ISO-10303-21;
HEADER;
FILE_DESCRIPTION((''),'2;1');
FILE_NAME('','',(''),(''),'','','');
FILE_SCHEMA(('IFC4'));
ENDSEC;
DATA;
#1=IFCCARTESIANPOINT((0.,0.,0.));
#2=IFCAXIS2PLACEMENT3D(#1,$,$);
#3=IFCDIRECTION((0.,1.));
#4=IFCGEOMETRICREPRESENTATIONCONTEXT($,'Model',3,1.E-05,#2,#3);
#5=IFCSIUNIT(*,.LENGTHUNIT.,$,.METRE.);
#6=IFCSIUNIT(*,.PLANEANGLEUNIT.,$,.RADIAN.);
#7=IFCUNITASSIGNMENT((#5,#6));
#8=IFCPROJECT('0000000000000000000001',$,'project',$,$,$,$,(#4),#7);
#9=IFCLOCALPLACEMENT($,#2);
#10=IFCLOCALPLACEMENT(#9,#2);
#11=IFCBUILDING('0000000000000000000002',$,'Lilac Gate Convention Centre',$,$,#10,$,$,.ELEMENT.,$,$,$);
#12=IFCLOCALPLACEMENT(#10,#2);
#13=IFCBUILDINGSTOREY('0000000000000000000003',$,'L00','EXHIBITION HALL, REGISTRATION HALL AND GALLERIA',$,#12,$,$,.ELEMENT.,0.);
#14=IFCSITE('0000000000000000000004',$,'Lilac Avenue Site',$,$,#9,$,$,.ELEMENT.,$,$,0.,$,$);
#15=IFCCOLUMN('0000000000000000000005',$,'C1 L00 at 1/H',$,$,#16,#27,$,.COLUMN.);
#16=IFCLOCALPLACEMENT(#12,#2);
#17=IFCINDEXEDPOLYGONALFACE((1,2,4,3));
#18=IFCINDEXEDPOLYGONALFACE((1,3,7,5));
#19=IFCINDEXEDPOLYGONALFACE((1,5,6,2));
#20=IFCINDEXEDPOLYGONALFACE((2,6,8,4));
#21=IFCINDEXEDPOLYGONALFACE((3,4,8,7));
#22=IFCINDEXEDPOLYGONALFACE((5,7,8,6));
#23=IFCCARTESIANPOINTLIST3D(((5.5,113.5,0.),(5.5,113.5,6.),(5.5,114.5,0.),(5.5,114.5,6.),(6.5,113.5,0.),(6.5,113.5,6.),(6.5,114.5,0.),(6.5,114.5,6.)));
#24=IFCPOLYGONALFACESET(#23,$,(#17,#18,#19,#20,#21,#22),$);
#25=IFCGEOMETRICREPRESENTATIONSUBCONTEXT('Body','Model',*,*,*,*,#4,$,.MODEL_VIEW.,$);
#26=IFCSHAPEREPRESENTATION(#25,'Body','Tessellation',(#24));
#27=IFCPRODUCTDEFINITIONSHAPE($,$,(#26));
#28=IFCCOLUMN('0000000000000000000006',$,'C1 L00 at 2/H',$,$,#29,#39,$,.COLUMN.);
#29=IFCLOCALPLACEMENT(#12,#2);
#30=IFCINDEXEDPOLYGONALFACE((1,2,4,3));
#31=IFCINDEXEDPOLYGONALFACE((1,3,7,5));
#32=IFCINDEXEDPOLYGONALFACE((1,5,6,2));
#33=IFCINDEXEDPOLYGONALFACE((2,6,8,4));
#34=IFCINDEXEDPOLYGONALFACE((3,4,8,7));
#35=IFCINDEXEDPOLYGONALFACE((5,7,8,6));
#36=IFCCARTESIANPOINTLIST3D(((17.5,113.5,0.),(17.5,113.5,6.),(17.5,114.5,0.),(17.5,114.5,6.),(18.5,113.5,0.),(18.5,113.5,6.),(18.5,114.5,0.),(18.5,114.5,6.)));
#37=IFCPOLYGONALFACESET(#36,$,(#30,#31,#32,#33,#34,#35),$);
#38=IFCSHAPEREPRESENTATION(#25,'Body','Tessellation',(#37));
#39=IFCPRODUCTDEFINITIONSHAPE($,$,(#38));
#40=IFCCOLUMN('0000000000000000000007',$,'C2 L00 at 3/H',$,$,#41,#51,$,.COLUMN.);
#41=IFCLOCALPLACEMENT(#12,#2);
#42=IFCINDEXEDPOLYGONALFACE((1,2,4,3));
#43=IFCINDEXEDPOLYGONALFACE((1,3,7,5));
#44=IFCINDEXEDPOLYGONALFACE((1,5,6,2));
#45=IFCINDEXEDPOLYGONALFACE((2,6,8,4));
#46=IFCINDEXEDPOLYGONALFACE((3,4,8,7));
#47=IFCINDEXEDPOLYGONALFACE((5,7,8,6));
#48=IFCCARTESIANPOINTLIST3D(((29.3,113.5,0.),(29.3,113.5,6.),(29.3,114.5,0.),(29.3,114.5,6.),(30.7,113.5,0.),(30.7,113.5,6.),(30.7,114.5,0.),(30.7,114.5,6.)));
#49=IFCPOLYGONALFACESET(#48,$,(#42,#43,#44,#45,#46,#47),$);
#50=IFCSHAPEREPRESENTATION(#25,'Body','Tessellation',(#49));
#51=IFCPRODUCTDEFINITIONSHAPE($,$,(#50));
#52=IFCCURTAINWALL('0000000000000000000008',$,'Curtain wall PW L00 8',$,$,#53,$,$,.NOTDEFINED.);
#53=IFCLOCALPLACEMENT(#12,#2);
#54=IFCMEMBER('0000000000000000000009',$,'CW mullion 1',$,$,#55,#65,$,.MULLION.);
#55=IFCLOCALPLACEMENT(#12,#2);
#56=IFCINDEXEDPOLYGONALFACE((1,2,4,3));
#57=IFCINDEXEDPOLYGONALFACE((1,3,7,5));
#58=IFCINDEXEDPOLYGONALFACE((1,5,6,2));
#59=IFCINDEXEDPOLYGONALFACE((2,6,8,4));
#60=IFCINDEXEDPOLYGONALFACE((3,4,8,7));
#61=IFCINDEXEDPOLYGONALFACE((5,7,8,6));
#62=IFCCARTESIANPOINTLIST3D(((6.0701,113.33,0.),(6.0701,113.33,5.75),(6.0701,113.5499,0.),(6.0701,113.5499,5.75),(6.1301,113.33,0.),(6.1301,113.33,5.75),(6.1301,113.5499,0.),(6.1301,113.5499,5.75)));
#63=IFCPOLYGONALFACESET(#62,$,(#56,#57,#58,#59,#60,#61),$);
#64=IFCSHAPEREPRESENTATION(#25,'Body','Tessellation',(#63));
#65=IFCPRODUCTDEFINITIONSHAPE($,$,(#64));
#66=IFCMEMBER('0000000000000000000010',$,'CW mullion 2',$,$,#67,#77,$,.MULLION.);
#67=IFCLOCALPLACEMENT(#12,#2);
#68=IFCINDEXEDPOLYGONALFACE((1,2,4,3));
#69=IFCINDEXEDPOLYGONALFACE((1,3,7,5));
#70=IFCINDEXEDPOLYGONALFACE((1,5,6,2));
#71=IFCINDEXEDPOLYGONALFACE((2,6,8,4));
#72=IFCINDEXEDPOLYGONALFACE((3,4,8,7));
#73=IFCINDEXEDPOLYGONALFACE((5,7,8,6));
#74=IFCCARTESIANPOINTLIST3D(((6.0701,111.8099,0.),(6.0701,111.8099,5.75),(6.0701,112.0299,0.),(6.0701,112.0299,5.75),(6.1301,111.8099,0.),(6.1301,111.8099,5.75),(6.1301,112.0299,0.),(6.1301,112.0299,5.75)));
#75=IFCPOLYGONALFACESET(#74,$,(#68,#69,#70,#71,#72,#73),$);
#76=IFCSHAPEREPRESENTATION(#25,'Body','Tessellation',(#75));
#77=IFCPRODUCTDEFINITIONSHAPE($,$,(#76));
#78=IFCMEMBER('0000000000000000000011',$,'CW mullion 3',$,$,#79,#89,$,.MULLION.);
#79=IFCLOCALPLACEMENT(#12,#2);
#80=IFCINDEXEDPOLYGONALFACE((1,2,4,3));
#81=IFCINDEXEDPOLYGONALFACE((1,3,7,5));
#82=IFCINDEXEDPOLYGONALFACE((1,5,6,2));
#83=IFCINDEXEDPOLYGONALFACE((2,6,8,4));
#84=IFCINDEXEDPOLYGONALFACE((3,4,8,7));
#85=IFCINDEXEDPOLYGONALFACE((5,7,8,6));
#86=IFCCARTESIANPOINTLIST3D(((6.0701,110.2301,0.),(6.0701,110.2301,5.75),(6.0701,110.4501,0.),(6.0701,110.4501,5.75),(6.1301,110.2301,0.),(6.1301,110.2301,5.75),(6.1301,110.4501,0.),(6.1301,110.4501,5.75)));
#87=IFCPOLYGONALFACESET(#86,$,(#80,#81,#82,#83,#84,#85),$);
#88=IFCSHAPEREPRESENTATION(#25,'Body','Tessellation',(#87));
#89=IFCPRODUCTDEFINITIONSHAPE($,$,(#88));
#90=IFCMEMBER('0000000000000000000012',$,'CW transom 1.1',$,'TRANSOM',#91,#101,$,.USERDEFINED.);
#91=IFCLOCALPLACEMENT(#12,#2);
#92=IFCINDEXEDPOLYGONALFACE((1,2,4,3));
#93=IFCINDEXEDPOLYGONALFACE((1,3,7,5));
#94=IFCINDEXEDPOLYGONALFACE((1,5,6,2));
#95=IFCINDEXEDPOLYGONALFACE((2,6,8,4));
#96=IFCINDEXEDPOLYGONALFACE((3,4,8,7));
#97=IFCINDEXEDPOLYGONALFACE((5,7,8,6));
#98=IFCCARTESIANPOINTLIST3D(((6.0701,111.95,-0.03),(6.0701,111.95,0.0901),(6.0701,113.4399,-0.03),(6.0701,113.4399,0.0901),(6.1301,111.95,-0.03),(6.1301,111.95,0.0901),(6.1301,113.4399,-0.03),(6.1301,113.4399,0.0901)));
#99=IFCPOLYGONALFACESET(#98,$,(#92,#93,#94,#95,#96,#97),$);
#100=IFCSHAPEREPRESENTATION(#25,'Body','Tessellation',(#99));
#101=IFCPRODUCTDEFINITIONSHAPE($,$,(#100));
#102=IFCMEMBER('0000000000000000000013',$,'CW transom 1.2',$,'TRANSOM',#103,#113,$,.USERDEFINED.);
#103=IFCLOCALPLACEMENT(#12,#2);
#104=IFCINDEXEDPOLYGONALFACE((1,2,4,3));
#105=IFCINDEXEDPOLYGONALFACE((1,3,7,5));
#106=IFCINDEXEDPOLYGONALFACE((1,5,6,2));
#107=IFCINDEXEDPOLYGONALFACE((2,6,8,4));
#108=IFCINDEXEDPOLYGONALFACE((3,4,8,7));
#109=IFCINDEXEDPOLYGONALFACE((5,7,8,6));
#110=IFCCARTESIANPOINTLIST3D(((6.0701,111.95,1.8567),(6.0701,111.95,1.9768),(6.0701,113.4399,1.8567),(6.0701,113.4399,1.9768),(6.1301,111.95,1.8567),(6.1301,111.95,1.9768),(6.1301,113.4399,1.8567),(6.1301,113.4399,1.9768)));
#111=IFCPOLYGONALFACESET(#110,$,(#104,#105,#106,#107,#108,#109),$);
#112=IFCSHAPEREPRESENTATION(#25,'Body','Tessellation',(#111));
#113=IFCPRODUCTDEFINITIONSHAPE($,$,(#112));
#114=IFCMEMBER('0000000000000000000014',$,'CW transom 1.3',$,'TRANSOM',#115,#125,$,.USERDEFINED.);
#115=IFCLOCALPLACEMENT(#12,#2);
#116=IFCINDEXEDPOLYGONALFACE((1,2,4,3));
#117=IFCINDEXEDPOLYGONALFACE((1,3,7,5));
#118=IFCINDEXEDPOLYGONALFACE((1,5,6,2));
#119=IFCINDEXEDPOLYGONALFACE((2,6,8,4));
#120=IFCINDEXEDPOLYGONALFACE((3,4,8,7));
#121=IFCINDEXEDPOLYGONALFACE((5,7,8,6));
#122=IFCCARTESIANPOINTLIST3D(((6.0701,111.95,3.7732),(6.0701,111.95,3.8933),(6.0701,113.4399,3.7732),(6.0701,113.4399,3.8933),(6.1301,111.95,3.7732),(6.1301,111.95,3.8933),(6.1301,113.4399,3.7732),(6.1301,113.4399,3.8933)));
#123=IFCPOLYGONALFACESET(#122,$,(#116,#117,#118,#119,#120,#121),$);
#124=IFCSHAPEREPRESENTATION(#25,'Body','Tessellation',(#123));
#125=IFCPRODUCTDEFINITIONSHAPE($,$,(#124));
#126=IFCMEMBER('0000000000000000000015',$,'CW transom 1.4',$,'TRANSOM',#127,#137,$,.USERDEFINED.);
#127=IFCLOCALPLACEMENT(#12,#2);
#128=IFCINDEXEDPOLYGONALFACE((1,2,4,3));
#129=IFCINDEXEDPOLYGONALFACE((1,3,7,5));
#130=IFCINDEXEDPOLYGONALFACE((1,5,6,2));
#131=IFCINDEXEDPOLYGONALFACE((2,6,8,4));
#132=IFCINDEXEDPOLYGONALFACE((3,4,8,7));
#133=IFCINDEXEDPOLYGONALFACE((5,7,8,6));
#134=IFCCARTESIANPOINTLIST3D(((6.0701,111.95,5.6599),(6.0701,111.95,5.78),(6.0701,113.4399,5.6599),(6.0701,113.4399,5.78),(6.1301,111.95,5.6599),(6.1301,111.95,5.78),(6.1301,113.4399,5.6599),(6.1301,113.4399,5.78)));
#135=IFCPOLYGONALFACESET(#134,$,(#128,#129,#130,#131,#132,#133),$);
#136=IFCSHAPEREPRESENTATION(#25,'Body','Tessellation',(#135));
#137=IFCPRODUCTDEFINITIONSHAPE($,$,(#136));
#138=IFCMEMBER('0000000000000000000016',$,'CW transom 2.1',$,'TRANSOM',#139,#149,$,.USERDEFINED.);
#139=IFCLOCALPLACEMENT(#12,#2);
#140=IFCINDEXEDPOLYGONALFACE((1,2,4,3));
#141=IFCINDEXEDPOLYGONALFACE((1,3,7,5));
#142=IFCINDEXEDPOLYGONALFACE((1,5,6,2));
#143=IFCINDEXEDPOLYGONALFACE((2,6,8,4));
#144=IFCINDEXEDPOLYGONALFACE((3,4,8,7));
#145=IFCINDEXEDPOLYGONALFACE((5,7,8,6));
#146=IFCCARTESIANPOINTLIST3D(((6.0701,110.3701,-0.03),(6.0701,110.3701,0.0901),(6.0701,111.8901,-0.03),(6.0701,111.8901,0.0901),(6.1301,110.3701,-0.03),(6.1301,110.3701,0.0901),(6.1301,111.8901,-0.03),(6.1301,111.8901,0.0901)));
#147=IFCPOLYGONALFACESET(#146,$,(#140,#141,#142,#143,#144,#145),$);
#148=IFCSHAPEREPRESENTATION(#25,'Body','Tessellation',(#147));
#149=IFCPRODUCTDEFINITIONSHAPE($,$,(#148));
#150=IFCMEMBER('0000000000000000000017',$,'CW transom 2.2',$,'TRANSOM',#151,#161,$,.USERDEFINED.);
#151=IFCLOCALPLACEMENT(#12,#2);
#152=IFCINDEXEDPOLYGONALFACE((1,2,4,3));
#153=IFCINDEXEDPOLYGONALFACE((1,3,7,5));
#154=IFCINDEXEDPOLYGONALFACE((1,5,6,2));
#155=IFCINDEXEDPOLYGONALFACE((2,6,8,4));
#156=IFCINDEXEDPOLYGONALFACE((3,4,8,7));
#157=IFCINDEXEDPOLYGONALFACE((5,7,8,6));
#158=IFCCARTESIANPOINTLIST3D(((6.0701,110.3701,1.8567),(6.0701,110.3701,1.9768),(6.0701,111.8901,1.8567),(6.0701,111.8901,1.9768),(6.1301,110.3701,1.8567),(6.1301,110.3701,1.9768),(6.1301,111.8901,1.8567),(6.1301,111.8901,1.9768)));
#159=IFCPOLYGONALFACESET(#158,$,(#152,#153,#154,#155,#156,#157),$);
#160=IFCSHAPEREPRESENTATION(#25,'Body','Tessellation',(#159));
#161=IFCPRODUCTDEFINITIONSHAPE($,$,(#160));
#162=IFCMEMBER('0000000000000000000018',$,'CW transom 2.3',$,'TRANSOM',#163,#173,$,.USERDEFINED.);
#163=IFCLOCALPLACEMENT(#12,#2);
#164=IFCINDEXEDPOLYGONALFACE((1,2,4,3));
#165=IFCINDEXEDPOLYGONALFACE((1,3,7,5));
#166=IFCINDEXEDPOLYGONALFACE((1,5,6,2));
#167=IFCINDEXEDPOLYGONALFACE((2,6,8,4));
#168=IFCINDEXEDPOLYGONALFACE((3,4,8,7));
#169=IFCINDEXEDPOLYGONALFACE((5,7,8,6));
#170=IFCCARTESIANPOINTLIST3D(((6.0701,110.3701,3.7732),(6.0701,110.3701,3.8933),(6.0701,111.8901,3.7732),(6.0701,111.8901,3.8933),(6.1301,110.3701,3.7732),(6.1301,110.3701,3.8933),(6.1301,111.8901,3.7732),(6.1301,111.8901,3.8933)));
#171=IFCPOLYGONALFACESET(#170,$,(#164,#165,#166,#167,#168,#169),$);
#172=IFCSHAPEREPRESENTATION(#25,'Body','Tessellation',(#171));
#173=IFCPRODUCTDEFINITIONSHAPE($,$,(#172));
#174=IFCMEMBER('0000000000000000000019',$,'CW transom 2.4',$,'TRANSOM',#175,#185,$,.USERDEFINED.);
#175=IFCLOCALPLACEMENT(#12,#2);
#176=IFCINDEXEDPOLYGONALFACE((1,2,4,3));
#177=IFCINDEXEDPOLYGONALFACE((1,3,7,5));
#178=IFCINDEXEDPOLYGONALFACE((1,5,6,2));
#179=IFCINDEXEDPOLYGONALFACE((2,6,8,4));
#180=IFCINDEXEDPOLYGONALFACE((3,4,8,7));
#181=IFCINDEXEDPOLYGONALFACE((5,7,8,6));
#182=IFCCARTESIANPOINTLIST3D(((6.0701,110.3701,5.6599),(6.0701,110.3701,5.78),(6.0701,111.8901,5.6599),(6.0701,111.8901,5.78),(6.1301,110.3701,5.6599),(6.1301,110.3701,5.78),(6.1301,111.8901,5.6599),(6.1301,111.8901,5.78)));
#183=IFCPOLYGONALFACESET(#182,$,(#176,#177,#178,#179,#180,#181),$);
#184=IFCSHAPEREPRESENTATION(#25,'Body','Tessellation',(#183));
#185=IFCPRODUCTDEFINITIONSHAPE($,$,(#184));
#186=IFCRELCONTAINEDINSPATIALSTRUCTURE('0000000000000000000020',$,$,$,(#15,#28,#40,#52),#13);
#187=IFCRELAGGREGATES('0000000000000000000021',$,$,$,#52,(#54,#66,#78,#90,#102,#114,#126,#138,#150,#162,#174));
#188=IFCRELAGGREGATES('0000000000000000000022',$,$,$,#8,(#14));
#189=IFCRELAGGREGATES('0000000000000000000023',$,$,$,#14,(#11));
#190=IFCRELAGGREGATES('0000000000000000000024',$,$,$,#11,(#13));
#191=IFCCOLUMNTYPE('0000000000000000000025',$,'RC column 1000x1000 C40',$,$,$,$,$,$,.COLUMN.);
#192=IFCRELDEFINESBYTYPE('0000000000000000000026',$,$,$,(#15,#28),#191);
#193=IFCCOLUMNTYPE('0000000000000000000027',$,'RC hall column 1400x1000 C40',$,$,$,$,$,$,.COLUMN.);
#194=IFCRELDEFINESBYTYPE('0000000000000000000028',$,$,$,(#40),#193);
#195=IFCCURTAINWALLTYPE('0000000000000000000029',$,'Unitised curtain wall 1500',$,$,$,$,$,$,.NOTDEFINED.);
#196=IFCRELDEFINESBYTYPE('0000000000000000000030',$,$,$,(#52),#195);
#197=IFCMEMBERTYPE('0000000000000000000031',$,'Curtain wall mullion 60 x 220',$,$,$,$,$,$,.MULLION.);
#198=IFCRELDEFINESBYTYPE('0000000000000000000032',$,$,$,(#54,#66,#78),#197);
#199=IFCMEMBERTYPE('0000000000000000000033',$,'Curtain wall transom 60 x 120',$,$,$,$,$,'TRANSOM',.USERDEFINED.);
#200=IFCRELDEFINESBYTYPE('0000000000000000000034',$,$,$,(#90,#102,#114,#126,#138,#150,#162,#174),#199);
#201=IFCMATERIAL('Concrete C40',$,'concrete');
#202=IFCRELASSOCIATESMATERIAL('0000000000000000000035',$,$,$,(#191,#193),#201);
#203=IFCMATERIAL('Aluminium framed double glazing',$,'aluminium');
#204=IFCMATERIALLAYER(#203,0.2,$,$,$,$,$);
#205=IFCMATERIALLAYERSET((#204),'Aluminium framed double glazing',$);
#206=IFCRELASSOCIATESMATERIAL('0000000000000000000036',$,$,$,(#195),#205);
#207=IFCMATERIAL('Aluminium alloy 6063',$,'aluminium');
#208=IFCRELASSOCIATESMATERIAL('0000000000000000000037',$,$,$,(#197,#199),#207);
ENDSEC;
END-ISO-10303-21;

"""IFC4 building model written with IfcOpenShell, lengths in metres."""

from ifc_helpers import new_model, si_unit, direction, frame, origin, origin_2d, place, context, subcontext, project, spatial, rectangle, extrude, material, layer, layer_set, material_profile, profile_set, type_object, element, aggregate, save


model = new_model("IFC4")

# Units and contexts
model_context = context("Model", 3, precision=1e-05, world=origin(), true_north=direction((0.0, 1.0)))
body_context = subcontext(model_context, "Body", "Model", "MODEL_VIEW")
ifc_project = project(units=[si_unit("LENGTHUNIT", "METRE"), si_unit("PLANEANGLEUNIT", "RADIAN")], contexts=[model_context])

# Site, building, storey
site_placement = place(None, origin())
site = spatial("IfcSite", under=ifc_project, at=site_placement, Name="Lilac Avenue Site", CompositionType="ELEMENT", RefElevation=0.0)
building_placement = place(site_placement, origin())
building = spatial("IfcBuilding", under=site, at=building_placement, Name="Lilac Gate Convention Centre", CompositionType="ELEMENT")
storey_placement = place(building_placement, origin())
storey = spatial("IfcBuildingStorey", under=building, at=storey_placement, Name="L00", Description="EXHIBITION HALL, REGISTRATION HALL AND GALLERIA", CompositionType="ELEMENT", Elevation=0.0)

# Columns
ifc_material_1 = material(Name="Concrete C40", Category="concrete")
ifc_material_profile_1 = material_profile(ifc_material_1, rectangle(XDim=1.0, YDim=1.0, at=origin_2d()), Name="RC 1000x1000")
ifc_profile_set_1 = profile_set([ifc_material_profile_1], Name="Concrete C40")
column_type_1 = type_object("IfcColumnType", Name="RC column 1000x1000 C40", PredefinedType="COLUMN", material=ifc_profile_set_1)
for number, where, z_axis, x_axis, name in (
    (1, (6.0, 114.0, 0.0), (0.0, 0.0, 1.0), (1.0, 0.0, 0.0), "C1 L00 at 1/H"),
    (2, (18.0, 114.0, 0.0), (0.0, 0.0, 1.0), (1.0, 0.0, 0.0), "C1 L00 at 2/H"),
):
    element("IfcColumn", number, at=place(storey_placement, frame(where, z_axis=z_axis, x_axis=x_axis)), inside=storey, type_object=column_type_1, Name=name, PredefinedType="COLUMN", context=body_context, shape_type="SweptSolid", body=[
        extrude(rectangle(XDim=1.0, YDim=1.0, at=origin_2d()), origin(), (0.0, 0.0, 1.0), 6.0),
    ])
ifc_material_profile_2 = material_profile(ifc_material_1, rectangle(XDim=1.3999, YDim=1.0, at=origin_2d()), Name="RC 1400x1000")
ifc_profile_set_2 = profile_set([ifc_material_profile_2], Name="Concrete C40")
column_type_2 = type_object("IfcColumnType", Name="RC hall column 1400x1000 C40", PredefinedType="COLUMN", material=ifc_profile_set_2)
column_placement = place(storey_placement, frame((30.0, 114.0, 0.0), z_axis=(0.0, 0.0, 1.0), x_axis=(1.0, 0.0, 0.0)))
element("IfcColumn", 3, at=column_placement, inside=storey, type_object=column_type_2, Name="C2 L00 at 3/H", PredefinedType="COLUMN", context=body_context, shape_type="SweptSolid", body=[
    extrude(rectangle(XDim=1.3999, YDim=1.0, at=origin_2d()), origin(), (0.0, 0.0, 1.0), 6.0),
])

# Curtain wall, members
ifc_material_2 = material(Name="Aluminium framed double glazing", Category="aluminium")
ifc_layer_1 = layer(ifc_material_2, 0.2)
ifc_layer_set_1 = layer_set([ifc_layer_1], Name="Aluminium framed double glazing")
curtain_wall_type = type_object("IfcCurtainWallType", Name="Unitised curtain wall 1500", PredefinedType="NOTDEFINED", material=ifc_layer_set_1)
curtain_wall_placement = place(storey_placement, origin())
curtain_wall = element("IfcCurtainWall", 4, at=curtain_wall_placement, inside=storey, type_object=curtain_wall_type, Name="Curtain wall PW L00 8", PredefinedType="NOTDEFINED")
ifc_material_3 = material(Name="Aluminium alloy 6063", Category="aluminium")
ifc_material_profile_3 = material_profile(ifc_material_3, rectangle(XDim=0.0601, YDim=0.22, at=origin_2d()), Name="Curtain wall mullion 60 x 220")
ifc_profile_set_3 = profile_set([ifc_material_profile_3], Name="Aluminium alloy 6063")
member_type_1 = type_object("IfcMemberType", Name="Curtain wall mullion 60 x 220", PredefinedType="MULLION", material=ifc_profile_set_3)
member_1_placement = place(storey_placement, frame((6.1001, 113.4399, 0.0), z_axis=(0.0, 0.0, 1.0), x_axis=(1.0, 0.0, 0.0)))
member_1 = element("IfcMember", 5, at=member_1_placement, type_object=member_type_1, Name="CW mullion 1", PredefinedType="MULLION", context=body_context, shape_type="SweptSolid", body=[
    extrude(rectangle(XDim=0.0601, YDim=0.22, at=origin_2d()), origin(), (0.0, 0.0, 1.0), 5.75),
])
member_2_placement = place(storey_placement, frame((6.1001, 111.9199, 0.0), z_axis=(0.0, 0.0, 1.0), x_axis=(1.0, 0.0, 0.0)))
member_2 = element("IfcMember", 6, at=member_2_placement, type_object=member_type_1, Name="CW mullion 2", PredefinedType="MULLION", context=body_context, shape_type="SweptSolid", body=[
    extrude(rectangle(XDim=0.0601, YDim=0.22, at=origin_2d()), origin(), (0.0, 0.0, 1.0), 5.75),
])
member_3_placement = place(storey_placement, frame((6.1001, 110.3401, 0.0), z_axis=(0.0, 0.0, 1.0), x_axis=(1.0, 0.0, 0.0)))
member_3 = element("IfcMember", 7, at=member_3_placement, type_object=member_type_1, Name="CW mullion 3", PredefinedType="MULLION", context=body_context, shape_type="SweptSolid", body=[
    extrude(rectangle(XDim=0.0601, YDim=0.22, at=origin_2d()), origin(), (0.0, 0.0, 1.0), 5.75),
])
ifc_material_profile_4 = material_profile(ifc_material_3, rectangle(XDim=0.0601, YDim=0.1201, at=origin_2d()), Name="Curtain wall transom 60 x 120")
ifc_profile_set_4 = profile_set([ifc_material_profile_4], Name="Aluminium alloy 6063")
member_type_2 = type_object("IfcMemberType", Name="Curtain wall transom 60 x 120", ElementType="TRANSOM", PredefinedType="USERDEFINED", material=ifc_profile_set_4)
member_4_placement = place(storey_placement, frame((6.1001, 113.4399, 0.03), z_axis=(0.0, -1.0, 0.0), x_axis=(1.0, 0.0, 0.0)))
member_4 = element("IfcMember", 8, at=member_4_placement, type_object=member_type_2, Name="CW transom 1.1", ObjectType="TRANSOM", PredefinedType="USERDEFINED", context=body_context, shape_type="SweptSolid", body=[
    extrude(rectangle(XDim=0.0601, YDim=0.1201, at=origin_2d()), origin(), (0.0, 0.0, 1.0), 1.49),
])
member_5_placement = place(storey_placement, frame((6.1001, 113.4399, 1.9167), z_axis=(0.0, -1.0, 0.0), x_axis=(1.0, 0.0, 0.0)))
member_5 = element("IfcMember", 9, at=member_5_placement, type_object=member_type_2, Name="CW transom 1.2", ObjectType="TRANSOM", PredefinedType="USERDEFINED", context=body_context, shape_type="SweptSolid", body=[
    extrude(rectangle(XDim=0.0601, YDim=0.1201, at=origin_2d()), origin(), (0.0, 0.0, 1.0), 1.49),
])
member_6_placement = place(storey_placement, frame((6.1001, 113.4399, 3.8333), z_axis=(0.0, -1.0, 0.0), x_axis=(1.0, 0.0, 0.0)))
member_6 = element("IfcMember", 10, at=member_6_placement, type_object=member_type_2, Name="CW transom 1.3", ObjectType="TRANSOM", PredefinedType="USERDEFINED", context=body_context, shape_type="SweptSolid", body=[
    extrude(rectangle(XDim=0.0601, YDim=0.1201, at=origin_2d()), origin(), (0.0, 0.0, 1.0), 1.49),
])
member_7_placement = place(storey_placement, frame((6.1001, 113.4399, 5.72), z_axis=(0.0, -1.0, 0.0), x_axis=(1.0, 0.0, 0.0)))
member_7 = element("IfcMember", 11, at=member_7_placement, type_object=member_type_2, Name="CW transom 1.4", ObjectType="TRANSOM", PredefinedType="USERDEFINED", context=body_context, shape_type="SweptSolid", body=[
    extrude(rectangle(XDim=0.0601, YDim=0.1201, at=origin_2d()), origin(), (0.0, 0.0, 1.0), 1.49),
])
member_8_placement = place(storey_placement, frame((6.1001, 111.8901, 0.03), z_axis=(0.0, -1.0, 0.0), x_axis=(1.0, 0.0, 0.0)))
member_8 = element("IfcMember", 12, at=member_8_placement, type_object=member_type_2, Name="CW transom 2.1", ObjectType="TRANSOM", PredefinedType="USERDEFINED", context=body_context, shape_type="SweptSolid", body=[
    extrude(rectangle(XDim=0.0601, YDim=0.1201, at=origin_2d()), origin(), (0.0, 0.0, 1.0), 1.52),
])
member_9_placement = place(storey_placement, frame((6.1001, 111.8901, 1.9167), z_axis=(0.0, -1.0, 0.0), x_axis=(1.0, 0.0, 0.0)))
member_9 = element("IfcMember", 13, at=member_9_placement, type_object=member_type_2, Name="CW transom 2.2", ObjectType="TRANSOM", PredefinedType="USERDEFINED", context=body_context, shape_type="SweptSolid", body=[
    extrude(rectangle(XDim=0.0601, YDim=0.1201, at=origin_2d()), origin(), (0.0, 0.0, 1.0), 1.52),
])
member_10_placement = place(storey_placement, frame((6.1001, 111.8901, 3.8333), z_axis=(0.0, -1.0, 0.0), x_axis=(1.0, 0.0, 0.0)))
member_10 = element("IfcMember", 14, at=member_10_placement, type_object=member_type_2, Name="CW transom 2.3", ObjectType="TRANSOM", PredefinedType="USERDEFINED", context=body_context, shape_type="SweptSolid", body=[
    extrude(rectangle(XDim=0.0601, YDim=0.1201, at=origin_2d()), origin(), (0.0, 0.0, 1.0), 1.52),
])
member_11_placement = place(storey_placement, frame((6.1001, 111.8901, 5.72), z_axis=(0.0, -1.0, 0.0), x_axis=(1.0, 0.0, 0.0)))
member_11 = element("IfcMember", 15, at=member_11_placement, type_object=member_type_2, Name="CW transom 2.4", ObjectType="TRANSOM", PredefinedType="USERDEFINED", context=body_context, shape_type="SweptSolid", body=[
    extrude(rectangle(XDim=0.0601, YDim=0.1201, at=origin_2d()), origin(), (0.0, 0.0, 1.0), 1.52),
])

aggregate(curtain_wall, [member_1, member_2, member_3, member_4, member_5, member_6, member_7, member_8, member_9, member_10, member_11])

save(model, "model.ifc")
